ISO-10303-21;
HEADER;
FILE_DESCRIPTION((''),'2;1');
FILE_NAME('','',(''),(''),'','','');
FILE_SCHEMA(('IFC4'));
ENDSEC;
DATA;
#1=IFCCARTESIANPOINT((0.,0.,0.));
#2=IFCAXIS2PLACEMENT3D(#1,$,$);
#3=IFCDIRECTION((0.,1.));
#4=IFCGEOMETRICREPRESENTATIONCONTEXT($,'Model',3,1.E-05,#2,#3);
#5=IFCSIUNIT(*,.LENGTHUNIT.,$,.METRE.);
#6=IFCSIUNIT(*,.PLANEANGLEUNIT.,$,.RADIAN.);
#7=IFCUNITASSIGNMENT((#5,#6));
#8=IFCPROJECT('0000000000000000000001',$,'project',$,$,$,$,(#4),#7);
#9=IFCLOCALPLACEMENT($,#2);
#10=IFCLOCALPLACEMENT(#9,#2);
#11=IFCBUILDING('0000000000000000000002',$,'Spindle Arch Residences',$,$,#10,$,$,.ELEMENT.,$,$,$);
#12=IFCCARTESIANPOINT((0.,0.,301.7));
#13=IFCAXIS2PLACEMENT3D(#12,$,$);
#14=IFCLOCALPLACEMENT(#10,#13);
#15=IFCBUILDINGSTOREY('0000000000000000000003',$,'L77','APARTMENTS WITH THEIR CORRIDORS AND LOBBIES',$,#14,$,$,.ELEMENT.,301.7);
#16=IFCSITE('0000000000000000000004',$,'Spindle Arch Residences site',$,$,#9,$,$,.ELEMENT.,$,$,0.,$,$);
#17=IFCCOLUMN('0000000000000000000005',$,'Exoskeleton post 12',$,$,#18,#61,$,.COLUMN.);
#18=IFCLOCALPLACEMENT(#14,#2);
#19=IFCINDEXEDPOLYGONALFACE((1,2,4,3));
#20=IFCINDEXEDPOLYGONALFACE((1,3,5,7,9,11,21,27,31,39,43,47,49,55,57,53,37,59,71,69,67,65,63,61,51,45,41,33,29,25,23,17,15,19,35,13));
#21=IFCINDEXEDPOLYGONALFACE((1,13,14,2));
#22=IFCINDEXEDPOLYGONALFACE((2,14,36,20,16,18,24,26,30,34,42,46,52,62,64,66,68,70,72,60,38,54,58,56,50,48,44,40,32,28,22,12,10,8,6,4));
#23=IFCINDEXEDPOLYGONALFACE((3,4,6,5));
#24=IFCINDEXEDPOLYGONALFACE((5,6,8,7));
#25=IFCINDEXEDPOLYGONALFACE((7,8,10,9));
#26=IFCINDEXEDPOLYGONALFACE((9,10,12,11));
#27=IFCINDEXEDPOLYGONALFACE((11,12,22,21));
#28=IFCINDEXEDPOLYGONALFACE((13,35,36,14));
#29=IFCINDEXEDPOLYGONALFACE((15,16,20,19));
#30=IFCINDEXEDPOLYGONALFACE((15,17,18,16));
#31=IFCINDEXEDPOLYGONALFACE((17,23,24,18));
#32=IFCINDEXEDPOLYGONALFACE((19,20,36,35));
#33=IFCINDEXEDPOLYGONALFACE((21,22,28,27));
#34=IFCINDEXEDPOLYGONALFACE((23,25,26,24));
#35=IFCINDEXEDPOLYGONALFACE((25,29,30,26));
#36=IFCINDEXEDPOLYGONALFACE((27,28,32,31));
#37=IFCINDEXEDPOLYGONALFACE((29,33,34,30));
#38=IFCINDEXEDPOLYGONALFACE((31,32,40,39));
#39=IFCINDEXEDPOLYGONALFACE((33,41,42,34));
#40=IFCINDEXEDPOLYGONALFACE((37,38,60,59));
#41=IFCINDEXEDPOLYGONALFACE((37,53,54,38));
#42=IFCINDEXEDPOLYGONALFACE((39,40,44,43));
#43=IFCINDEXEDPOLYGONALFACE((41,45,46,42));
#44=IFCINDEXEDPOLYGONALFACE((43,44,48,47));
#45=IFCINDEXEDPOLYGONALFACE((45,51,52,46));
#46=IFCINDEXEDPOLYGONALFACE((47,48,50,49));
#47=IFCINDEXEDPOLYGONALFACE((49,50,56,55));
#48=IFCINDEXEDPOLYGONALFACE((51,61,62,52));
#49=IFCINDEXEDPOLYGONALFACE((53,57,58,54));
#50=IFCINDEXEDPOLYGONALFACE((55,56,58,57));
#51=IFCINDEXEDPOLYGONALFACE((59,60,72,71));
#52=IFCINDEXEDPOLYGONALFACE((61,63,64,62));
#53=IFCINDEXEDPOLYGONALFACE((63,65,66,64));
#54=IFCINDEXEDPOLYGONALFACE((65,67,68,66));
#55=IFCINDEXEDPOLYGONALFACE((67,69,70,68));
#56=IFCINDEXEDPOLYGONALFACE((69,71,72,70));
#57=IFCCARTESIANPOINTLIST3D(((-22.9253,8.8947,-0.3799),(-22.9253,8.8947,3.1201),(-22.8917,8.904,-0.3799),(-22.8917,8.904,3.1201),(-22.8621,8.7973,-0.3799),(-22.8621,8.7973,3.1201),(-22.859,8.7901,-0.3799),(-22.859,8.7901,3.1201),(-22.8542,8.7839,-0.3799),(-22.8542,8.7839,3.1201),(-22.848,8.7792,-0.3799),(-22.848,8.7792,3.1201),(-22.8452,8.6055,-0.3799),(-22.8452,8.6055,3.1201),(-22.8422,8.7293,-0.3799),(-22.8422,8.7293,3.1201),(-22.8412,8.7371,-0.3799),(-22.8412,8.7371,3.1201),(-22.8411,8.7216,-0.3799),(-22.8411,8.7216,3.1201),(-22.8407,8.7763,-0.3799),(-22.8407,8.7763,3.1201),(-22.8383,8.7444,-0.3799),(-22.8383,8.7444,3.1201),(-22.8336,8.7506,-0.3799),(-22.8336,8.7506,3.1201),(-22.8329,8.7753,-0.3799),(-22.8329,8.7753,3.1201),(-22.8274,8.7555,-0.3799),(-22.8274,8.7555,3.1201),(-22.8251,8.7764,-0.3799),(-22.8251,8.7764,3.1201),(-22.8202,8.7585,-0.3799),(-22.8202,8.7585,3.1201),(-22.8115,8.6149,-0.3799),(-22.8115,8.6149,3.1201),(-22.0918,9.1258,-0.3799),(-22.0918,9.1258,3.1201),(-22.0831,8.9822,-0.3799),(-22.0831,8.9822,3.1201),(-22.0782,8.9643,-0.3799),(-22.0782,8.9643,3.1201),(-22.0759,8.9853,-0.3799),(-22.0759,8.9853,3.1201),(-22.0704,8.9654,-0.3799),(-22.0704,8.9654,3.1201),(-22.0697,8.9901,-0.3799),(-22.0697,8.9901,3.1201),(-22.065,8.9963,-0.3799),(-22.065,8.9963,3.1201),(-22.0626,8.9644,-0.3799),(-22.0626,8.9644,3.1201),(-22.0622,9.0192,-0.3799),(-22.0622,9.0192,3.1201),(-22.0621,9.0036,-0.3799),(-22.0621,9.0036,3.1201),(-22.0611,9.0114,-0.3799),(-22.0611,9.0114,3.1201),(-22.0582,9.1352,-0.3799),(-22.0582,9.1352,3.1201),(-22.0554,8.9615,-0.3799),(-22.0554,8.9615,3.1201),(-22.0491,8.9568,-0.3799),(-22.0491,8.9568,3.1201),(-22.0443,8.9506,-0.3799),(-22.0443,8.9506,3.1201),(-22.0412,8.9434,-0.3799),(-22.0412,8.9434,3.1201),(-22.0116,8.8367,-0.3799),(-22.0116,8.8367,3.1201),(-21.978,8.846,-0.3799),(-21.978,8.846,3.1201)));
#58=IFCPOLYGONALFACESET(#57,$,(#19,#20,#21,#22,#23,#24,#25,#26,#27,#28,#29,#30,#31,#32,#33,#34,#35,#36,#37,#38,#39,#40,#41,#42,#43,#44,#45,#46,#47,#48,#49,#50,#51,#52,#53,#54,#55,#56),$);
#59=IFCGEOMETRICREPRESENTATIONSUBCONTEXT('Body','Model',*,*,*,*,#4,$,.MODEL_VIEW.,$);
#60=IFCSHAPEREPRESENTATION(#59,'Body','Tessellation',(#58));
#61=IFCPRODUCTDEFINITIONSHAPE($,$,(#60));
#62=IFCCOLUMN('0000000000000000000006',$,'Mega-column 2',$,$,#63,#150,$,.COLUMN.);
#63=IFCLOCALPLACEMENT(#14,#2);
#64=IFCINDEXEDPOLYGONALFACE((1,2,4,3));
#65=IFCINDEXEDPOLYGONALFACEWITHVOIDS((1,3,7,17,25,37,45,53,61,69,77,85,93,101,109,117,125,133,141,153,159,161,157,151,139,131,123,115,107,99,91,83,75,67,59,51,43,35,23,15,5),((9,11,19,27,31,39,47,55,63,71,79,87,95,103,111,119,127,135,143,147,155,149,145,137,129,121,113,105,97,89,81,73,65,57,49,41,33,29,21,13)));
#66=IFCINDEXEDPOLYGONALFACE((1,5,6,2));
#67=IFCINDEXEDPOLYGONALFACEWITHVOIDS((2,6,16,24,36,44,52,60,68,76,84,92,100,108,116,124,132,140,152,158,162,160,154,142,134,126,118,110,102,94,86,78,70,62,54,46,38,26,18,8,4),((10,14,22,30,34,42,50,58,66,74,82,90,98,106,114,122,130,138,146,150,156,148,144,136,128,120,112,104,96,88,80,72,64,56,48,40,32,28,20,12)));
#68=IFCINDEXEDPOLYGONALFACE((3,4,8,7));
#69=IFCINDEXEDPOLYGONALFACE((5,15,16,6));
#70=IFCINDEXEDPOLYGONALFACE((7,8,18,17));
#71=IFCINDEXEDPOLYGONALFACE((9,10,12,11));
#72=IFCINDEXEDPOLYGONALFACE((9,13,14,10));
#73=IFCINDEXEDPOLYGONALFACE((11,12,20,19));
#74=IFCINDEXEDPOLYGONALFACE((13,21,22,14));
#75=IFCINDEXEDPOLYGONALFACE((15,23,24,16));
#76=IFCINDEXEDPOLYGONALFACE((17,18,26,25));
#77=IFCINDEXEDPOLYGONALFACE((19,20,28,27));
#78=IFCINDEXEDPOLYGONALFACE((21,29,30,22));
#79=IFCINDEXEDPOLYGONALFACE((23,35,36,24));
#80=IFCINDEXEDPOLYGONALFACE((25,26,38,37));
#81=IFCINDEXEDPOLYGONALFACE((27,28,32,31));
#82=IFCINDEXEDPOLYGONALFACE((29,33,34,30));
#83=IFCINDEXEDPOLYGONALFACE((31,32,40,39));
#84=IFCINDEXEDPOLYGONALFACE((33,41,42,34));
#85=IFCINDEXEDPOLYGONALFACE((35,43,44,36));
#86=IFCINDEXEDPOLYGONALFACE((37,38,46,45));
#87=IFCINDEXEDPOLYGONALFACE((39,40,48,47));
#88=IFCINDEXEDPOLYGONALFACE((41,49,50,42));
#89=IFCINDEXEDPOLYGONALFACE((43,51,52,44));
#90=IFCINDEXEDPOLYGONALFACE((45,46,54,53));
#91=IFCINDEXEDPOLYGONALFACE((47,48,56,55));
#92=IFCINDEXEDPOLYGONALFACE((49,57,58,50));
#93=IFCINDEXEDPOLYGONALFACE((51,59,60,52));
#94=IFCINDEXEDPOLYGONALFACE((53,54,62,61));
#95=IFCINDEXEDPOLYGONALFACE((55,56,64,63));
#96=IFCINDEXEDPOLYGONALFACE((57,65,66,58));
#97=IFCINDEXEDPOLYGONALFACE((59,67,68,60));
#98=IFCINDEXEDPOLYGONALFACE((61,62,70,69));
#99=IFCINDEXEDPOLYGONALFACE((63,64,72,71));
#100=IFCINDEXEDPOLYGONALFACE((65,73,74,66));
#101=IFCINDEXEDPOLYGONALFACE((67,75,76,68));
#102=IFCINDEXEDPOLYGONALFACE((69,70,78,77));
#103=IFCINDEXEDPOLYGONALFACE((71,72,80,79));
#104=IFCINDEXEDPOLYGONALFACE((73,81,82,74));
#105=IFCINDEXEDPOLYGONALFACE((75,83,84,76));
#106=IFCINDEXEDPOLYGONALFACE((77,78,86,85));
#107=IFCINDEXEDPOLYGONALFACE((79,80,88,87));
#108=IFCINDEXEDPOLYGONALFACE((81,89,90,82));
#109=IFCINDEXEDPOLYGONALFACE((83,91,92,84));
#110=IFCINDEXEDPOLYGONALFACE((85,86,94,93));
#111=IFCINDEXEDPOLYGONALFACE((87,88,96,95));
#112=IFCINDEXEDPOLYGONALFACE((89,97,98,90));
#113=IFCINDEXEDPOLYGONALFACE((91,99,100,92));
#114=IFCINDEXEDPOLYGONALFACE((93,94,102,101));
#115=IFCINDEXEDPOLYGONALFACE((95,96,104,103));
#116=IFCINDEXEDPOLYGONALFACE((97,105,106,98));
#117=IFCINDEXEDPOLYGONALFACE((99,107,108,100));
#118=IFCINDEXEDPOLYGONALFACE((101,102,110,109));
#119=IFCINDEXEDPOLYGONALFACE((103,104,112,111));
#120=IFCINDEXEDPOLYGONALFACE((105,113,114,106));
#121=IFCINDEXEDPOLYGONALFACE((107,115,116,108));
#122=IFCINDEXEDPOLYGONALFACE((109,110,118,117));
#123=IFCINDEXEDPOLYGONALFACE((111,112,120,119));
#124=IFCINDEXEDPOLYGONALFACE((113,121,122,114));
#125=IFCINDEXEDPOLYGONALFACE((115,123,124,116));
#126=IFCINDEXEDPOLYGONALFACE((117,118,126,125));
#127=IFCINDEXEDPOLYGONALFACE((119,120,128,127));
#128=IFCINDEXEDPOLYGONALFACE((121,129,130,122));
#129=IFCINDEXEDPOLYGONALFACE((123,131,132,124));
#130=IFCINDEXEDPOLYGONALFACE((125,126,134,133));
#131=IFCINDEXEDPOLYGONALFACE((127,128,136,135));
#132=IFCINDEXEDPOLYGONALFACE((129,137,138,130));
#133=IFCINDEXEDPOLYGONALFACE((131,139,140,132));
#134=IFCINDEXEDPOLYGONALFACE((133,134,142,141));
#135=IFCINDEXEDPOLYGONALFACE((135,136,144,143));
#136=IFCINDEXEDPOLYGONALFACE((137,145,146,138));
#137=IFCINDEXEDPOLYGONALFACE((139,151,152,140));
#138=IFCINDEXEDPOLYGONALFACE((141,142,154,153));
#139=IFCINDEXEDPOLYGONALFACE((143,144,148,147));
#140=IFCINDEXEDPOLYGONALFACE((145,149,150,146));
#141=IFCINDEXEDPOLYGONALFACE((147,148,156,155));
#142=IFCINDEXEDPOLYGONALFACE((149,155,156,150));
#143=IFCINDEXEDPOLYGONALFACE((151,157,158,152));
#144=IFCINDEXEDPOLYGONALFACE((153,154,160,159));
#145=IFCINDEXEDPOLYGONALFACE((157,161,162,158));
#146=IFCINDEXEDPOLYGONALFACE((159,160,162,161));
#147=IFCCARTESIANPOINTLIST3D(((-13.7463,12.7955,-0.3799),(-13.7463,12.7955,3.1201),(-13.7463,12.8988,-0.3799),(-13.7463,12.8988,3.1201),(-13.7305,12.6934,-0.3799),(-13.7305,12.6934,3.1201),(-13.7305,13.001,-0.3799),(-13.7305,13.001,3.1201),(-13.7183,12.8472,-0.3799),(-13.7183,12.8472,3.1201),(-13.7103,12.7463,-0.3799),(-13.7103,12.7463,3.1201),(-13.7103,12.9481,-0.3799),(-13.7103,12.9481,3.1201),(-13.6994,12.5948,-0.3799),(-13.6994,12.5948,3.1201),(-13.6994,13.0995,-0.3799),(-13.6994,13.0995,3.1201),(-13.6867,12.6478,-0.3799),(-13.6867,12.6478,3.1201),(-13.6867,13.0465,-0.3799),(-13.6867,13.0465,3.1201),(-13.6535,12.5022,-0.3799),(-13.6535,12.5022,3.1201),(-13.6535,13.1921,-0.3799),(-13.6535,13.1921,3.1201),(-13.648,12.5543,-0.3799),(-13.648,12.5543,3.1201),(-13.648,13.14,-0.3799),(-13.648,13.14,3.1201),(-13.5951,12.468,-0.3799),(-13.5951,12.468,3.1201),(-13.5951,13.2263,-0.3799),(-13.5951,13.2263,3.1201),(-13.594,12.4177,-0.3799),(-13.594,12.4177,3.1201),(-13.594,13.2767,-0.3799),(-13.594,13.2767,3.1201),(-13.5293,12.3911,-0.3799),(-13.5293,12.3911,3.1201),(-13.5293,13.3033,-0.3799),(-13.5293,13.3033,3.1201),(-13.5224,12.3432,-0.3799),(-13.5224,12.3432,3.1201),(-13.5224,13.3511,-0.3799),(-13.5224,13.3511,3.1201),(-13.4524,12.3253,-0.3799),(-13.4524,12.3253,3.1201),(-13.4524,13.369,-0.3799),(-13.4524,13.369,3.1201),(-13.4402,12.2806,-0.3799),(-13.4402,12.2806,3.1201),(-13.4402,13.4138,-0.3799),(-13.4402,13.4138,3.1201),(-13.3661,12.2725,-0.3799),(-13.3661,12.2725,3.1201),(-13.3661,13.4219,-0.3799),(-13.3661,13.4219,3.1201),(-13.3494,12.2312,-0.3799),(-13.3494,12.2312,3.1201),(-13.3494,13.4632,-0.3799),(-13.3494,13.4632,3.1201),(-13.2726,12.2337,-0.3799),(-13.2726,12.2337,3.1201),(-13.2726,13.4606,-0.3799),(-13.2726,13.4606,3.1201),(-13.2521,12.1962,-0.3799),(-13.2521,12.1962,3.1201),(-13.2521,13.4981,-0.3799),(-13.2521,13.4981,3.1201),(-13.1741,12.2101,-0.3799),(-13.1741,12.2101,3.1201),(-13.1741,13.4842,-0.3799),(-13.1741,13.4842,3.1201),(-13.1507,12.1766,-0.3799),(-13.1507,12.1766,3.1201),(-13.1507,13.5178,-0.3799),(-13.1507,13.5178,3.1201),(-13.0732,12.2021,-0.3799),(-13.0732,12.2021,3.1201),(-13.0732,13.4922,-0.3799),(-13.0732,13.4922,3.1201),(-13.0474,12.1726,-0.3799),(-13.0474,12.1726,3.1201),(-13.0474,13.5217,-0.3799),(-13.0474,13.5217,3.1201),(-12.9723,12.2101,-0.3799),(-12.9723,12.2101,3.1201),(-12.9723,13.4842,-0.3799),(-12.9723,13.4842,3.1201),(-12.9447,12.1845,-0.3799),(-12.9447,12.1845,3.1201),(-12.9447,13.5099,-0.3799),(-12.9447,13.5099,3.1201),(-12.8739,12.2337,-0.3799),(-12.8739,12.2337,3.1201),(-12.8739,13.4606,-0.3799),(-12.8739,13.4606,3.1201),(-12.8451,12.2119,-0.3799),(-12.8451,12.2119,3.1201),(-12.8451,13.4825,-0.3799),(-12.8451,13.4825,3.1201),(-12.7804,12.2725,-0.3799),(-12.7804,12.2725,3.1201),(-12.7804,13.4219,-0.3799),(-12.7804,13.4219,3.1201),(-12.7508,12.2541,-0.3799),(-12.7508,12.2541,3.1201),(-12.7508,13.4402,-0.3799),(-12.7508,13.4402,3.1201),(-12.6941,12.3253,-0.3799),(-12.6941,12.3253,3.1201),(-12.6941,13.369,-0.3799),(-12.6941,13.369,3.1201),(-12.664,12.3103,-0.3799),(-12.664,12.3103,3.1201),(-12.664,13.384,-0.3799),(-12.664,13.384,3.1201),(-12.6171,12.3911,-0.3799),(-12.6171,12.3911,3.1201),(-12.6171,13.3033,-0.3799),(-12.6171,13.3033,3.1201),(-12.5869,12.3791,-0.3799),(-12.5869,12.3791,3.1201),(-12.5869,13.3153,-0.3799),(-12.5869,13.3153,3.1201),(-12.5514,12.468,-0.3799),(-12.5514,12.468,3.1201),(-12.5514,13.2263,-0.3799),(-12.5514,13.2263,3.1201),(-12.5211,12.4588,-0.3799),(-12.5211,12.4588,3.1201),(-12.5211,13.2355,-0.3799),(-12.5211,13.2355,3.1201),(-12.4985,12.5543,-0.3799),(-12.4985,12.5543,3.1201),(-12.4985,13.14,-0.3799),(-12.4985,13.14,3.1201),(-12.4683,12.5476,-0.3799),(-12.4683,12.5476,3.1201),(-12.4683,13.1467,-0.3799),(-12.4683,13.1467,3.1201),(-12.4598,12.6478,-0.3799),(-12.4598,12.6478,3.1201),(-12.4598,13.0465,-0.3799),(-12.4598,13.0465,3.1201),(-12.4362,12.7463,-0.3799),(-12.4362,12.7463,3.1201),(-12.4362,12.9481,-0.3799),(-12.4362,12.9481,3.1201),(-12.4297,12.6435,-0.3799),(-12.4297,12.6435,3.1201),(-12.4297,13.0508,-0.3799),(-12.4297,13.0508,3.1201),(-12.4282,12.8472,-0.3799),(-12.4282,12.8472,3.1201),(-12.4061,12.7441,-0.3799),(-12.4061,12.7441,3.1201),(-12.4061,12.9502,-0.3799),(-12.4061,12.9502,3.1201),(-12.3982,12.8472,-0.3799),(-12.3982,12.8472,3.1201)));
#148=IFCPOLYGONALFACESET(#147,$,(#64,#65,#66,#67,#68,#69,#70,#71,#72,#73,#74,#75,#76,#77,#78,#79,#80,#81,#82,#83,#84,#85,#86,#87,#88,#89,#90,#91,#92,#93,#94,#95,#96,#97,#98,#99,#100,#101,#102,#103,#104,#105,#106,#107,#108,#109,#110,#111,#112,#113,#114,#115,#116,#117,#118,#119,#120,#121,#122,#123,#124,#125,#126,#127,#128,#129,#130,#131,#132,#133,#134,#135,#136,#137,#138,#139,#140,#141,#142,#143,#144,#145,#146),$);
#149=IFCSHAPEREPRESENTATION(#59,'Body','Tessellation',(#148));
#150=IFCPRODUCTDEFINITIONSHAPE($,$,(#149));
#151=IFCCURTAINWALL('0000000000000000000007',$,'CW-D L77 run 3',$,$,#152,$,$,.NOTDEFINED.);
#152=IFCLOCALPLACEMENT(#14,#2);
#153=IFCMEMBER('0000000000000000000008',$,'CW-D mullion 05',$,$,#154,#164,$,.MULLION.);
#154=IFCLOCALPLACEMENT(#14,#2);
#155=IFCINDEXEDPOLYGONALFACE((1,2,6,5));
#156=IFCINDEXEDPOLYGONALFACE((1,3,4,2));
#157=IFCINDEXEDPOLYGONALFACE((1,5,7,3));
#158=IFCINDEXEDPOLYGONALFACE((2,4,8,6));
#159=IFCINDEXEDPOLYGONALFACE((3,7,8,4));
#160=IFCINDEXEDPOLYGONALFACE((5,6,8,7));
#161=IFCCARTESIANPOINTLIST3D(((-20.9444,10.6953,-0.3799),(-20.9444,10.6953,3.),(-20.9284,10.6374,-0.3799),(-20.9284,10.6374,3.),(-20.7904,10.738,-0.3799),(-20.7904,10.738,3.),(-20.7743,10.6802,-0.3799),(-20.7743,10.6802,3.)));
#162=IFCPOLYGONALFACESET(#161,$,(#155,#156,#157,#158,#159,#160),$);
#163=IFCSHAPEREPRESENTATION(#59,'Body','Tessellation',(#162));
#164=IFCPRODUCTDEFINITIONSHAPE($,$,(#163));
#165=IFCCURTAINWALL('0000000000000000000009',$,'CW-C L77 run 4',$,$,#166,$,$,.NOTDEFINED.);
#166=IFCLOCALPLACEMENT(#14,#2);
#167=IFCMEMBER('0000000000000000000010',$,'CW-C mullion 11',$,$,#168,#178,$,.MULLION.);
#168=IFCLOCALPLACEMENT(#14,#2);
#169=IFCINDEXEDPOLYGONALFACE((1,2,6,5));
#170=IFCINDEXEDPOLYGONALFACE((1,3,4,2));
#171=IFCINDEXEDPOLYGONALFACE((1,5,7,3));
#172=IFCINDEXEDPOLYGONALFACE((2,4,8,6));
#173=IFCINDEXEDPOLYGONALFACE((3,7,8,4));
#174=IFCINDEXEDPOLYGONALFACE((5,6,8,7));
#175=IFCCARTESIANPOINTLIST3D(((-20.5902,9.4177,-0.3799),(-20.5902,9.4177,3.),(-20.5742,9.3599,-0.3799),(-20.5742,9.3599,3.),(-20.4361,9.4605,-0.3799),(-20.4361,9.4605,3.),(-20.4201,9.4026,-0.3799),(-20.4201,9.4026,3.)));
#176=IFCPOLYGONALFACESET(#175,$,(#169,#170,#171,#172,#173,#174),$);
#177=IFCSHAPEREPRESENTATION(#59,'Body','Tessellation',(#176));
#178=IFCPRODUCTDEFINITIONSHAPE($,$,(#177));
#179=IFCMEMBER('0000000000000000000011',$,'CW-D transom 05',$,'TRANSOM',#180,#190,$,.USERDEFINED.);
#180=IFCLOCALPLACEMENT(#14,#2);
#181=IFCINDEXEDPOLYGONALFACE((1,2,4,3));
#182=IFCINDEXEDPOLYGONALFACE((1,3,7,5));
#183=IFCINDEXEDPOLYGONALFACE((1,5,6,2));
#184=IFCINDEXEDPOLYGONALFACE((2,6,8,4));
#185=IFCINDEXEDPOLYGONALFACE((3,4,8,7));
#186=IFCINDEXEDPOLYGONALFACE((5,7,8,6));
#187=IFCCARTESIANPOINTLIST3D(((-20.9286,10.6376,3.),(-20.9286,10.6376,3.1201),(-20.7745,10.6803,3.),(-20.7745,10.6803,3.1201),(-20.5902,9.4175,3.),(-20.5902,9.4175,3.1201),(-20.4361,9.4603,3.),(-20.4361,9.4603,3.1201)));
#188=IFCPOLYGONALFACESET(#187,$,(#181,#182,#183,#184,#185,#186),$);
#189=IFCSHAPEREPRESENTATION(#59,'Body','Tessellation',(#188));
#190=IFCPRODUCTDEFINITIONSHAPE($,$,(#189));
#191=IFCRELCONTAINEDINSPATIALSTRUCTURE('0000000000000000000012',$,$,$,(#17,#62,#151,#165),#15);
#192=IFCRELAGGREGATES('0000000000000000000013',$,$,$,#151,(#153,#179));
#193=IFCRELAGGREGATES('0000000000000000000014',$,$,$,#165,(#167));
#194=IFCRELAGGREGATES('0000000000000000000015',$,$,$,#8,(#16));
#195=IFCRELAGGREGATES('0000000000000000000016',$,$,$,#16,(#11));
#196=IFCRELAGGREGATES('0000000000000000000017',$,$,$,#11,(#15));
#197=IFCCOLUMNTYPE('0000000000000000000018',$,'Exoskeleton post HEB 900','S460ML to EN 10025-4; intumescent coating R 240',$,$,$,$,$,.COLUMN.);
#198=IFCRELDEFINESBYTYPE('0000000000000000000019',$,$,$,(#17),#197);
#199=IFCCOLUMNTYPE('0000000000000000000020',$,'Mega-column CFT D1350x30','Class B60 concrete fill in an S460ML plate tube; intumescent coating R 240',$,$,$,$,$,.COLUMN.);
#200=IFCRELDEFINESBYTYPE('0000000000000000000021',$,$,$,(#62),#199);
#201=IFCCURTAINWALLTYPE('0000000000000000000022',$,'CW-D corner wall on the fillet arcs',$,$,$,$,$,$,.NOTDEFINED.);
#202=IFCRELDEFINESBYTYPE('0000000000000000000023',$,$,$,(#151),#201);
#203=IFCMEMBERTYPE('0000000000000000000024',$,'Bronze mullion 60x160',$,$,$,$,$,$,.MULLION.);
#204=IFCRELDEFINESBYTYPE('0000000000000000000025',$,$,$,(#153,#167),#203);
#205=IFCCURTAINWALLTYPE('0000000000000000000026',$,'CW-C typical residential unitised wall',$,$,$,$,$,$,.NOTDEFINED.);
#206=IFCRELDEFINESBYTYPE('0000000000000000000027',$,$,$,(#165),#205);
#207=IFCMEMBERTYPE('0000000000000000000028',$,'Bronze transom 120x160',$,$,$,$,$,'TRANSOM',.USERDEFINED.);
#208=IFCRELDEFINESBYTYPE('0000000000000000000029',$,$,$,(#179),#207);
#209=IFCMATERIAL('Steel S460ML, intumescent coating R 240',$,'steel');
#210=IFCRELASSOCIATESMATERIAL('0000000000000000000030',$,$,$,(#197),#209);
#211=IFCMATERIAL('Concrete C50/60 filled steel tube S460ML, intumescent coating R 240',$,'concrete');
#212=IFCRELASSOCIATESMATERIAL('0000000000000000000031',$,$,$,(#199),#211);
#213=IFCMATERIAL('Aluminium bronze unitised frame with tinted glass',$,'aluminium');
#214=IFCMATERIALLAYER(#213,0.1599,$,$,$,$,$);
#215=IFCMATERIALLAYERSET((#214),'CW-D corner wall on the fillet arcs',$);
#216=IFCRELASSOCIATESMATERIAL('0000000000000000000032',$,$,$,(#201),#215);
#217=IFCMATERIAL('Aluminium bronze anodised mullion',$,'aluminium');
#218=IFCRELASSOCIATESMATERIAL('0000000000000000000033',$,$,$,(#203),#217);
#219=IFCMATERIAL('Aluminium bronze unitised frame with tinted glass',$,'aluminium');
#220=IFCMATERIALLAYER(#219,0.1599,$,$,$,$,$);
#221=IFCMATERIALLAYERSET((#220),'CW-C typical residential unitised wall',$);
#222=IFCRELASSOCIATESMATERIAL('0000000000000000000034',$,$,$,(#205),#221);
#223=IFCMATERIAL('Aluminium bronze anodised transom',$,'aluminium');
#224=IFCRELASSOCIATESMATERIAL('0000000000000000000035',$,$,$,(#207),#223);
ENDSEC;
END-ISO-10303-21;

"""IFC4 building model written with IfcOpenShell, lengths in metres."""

from ifc_helpers import new_model, si_unit, direction, frame, origin, origin_2d, place, context, subcontext, project, spatial, rectangle, hollow_circle, i_section, extrude, material, layer, layer_set, material_profile, profile_set, type_object, element, aggregate, save


model = new_model("IFC4")

# Units and contexts
model_context = context("Model", 3, precision=1e-05, world=origin(), true_north=direction((0.0, 1.0)))
body_context = subcontext(model_context, "Body", "Model", "MODEL_VIEW")
ifc_project = project(units=[si_unit("LENGTHUNIT", "METRE"), si_unit("PLANEANGLEUNIT", "RADIAN")], contexts=[model_context])

# Site, building, storey
site_placement = place(None, origin())
site = spatial("IfcSite", under=ifc_project, at=site_placement, Name="Spindle Arch Residences site", CompositionType="ELEMENT", RefElevation=0.0)
building_placement = place(site_placement, origin())
building = spatial("IfcBuilding", under=site, at=building_placement, Name="Spindle Arch Residences", CompositionType="ELEMENT")
storey_placement = place(building_placement, frame((0.0, 0.0, 301.7)))
storey = spatial("IfcBuildingStorey", under=building, at=storey_placement, Name="L77", Description="APARTMENTS WITH THEIR CORRIDORS AND LOBBIES", CompositionType="ELEMENT", Elevation=301.7)

# Columns
ifc_material_1 = material(Name="Steel S460ML, intumescent coating R 240", Category="steel")
ifc_material_profile_1 = material_profile(ifc_material_1, i_section(OverallWidth=0.3, OverallDepth=0.8999, WebThickness=0.0186, FlangeThickness=0.0349, FilletRadius=0.03, at=origin_2d()), Name="HEB 900")
ifc_profile_set_1 = profile_set([ifc_material_profile_1], Name="Steel S460ML, intumescent coating R 240")
column_type_1 = type_object("IfcColumnType", Name="Exoskeleton post HEB 900", Description="S460ML to EN 10025-4; intumescent coating R 240", PredefinedType="COLUMN", material=ifc_profile_set_1)
column_1_placement = place(storey_placement, frame((-22.4517, 8.8704, -0.3799), z_axis=(0.0, 0.0, 1.0), x_axis=(-0.267238, 0.963631, 0.0)))
element("IfcColumn", 1, at=column_1_placement, inside=storey, type_object=column_type_1, Name="Exoskeleton post 12", PredefinedType="COLUMN", context=body_context, shape_type="SweptSolid", body=[
    extrude(i_section(OverallWidth=0.3, OverallDepth=0.8999, WebThickness=0.0186, FlangeThickness=0.0349, FilletRadius=0.03, at=origin_2d()), origin(), (0.0, 0.0, 1.0), 3.5),
])
ifc_material_2 = material(Name="Concrete C50/60 filled steel tube S460ML, intumescent coating R 240", Category="concrete")
ifc_material_profile_2 = material_profile(ifc_material_2, hollow_circle(Radius=0.675, WallThickness=0.03, at=origin_2d()), Name="CFT D1350x30")
ifc_profile_set_2 = profile_set([ifc_material_profile_2], Name="Concrete C50/60 filled steel tube S460ML, intumescent coating R 240")
column_type_2 = type_object("IfcColumnType", Name="Mega-column CFT D1350x30", Description="Class B60 concrete fill in an S460ML plate tube; intumescent coating R 240", PredefinedType="COLUMN", material=ifc_profile_set_2)
column_2_placement = place(storey_placement, frame((-13.0732, 12.8472, -0.3799), z_axis=(0.0, 0.0, 1.0), x_axis=(1.0, 0.0, 0.0)))
element("IfcColumn", 2, at=column_2_placement, inside=storey, type_object=column_type_2, Name="Mega-column 2", PredefinedType="COLUMN", context=body_context, shape_type="SweptSolid", body=[
    extrude(hollow_circle(Radius=0.675, WallThickness=0.03, at=origin_2d()), origin(), (0.0, 0.0, 1.0), 3.5),
])

# Curtain walls, members
ifc_material_3 = material(Name="Aluminium bronze unitised frame with tinted glass", Category="aluminium")
ifc_layer_1 = layer(ifc_material_3, 0.1599)
ifc_layer_set_1 = layer_set([ifc_layer_1], Name="CW-D corner wall on the fillet arcs")
curtain_wall_type_1 = type_object("IfcCurtainWallType", Name="CW-D corner wall on the fillet arcs", PredefinedType="NOTDEFINED", material=ifc_layer_set_1)
curtain_wall_1_placement = place(storey_placement, origin())
curtain_wall_1 = element("IfcCurtainWall", 3, at=curtain_wall_1_placement, inside=storey, type_object=curtain_wall_type_1, Name="CW-D L77 run 3", PredefinedType="NOTDEFINED")
ifc_material_4 = material(Name="Aluminium bronze anodised mullion", Category="aluminium")
ifc_material_profile_3 = material_profile(ifc_material_4, rectangle(XDim=0.1599, YDim=0.0601, at=origin_2d()), Name="MU 60x160")
ifc_profile_set_3 = profile_set([ifc_material_profile_3], Name="Aluminium bronze anodised mullion")
member_type_1 = type_object("IfcMemberType", Name="Bronze mullion 60x160", PredefinedType="MULLION", material=ifc_profile_set_3)
member_1_placement = place(storey_placement, frame((-20.8594, 10.6877, -0.3799), z_axis=(0.0, 0.0, 1.0), x_axis=(0.96363, 0.267238, 0.0)))
member_1 = element("IfcMember", 4, at=member_1_placement, type_object=member_type_1, Name="CW-D mullion 05", PredefinedType="MULLION", context=body_context, shape_type="SweptSolid", body=[
    extrude(rectangle(XDim=0.1599, YDim=0.0601, at=origin_2d()), origin(), (0.0, 0.0, 1.0), 3.3799),
])
ifc_material_5 = material(Name="Aluminium bronze unitised frame with tinted glass", Category="aluminium")
ifc_layer_2 = layer(ifc_material_5, 0.1599)
ifc_layer_set_2 = layer_set([ifc_layer_2], Name="CW-C typical residential unitised wall")
curtain_wall_type_2 = type_object("IfcCurtainWallType", Name="CW-C typical residential unitised wall", PredefinedType="NOTDEFINED", material=ifc_layer_set_2)
curtain_wall_2_placement = place(storey_placement, origin())
curtain_wall_2 = element("IfcCurtainWall", 5, at=curtain_wall_2_placement, inside=storey, type_object=curtain_wall_type_2, Name="CW-C L77 run 4", PredefinedType="NOTDEFINED")
member_2_placement = place(storey_placement, frame((-20.5051, 9.4102, -0.3799), z_axis=(0.0, 0.0, 1.0), x_axis=(0.96363, 0.267238, 0.0)))
member_2 = element("IfcMember", 6, at=member_2_placement, type_object=member_type_1, Name="CW-C mullion 11", PredefinedType="MULLION", context=body_context, shape_type="SweptSolid", body=[
    extrude(rectangle(XDim=0.1599, YDim=0.0601, at=origin_2d()), origin(), (0.0, 0.0, 1.0), 3.3799),
])

# Member
ifc_material_6 = material(Name="Aluminium bronze anodised transom", Category="aluminium")
ifc_material_profile_4 = material_profile(ifc_material_6, rectangle(XDim=0.1599, YDim=0.1201, at=origin_2d()), Name="TR 120x160")
ifc_profile_set_4 = profile_set([ifc_material_profile_4], Name="Aluminium bronze anodised transom")
member_type_2 = type_object("IfcMemberType", Name="Bronze transom 120x160", ElementType="TRANSOM", PredefinedType="USERDEFINED", material=ifc_profile_set_4)
member_3_placement = place(storey_placement, frame((-20.8516, 10.6589, 3.0601), z_axis=(0.267276, -0.96362, 0.0), x_axis=(0.96362, 0.267276, 0.0)))
member_3 = element("IfcMember", 7, at=member_3_placement, type_object=member_type_2, Name="CW-D transom 05", ObjectType="TRANSOM", PredefinedType="USERDEFINED", context=body_context, shape_type="SweptSolid", body=[
    extrude(rectangle(XDim=0.1599, YDim=0.1201, at=origin_2d()), origin(), (0.0, 0.0, 1.0), 1.2661),
])

aggregate(curtain_wall_1, [member_1, member_3])
aggregate(curtain_wall_2, [member_2])

save(model, "model.ifc")
